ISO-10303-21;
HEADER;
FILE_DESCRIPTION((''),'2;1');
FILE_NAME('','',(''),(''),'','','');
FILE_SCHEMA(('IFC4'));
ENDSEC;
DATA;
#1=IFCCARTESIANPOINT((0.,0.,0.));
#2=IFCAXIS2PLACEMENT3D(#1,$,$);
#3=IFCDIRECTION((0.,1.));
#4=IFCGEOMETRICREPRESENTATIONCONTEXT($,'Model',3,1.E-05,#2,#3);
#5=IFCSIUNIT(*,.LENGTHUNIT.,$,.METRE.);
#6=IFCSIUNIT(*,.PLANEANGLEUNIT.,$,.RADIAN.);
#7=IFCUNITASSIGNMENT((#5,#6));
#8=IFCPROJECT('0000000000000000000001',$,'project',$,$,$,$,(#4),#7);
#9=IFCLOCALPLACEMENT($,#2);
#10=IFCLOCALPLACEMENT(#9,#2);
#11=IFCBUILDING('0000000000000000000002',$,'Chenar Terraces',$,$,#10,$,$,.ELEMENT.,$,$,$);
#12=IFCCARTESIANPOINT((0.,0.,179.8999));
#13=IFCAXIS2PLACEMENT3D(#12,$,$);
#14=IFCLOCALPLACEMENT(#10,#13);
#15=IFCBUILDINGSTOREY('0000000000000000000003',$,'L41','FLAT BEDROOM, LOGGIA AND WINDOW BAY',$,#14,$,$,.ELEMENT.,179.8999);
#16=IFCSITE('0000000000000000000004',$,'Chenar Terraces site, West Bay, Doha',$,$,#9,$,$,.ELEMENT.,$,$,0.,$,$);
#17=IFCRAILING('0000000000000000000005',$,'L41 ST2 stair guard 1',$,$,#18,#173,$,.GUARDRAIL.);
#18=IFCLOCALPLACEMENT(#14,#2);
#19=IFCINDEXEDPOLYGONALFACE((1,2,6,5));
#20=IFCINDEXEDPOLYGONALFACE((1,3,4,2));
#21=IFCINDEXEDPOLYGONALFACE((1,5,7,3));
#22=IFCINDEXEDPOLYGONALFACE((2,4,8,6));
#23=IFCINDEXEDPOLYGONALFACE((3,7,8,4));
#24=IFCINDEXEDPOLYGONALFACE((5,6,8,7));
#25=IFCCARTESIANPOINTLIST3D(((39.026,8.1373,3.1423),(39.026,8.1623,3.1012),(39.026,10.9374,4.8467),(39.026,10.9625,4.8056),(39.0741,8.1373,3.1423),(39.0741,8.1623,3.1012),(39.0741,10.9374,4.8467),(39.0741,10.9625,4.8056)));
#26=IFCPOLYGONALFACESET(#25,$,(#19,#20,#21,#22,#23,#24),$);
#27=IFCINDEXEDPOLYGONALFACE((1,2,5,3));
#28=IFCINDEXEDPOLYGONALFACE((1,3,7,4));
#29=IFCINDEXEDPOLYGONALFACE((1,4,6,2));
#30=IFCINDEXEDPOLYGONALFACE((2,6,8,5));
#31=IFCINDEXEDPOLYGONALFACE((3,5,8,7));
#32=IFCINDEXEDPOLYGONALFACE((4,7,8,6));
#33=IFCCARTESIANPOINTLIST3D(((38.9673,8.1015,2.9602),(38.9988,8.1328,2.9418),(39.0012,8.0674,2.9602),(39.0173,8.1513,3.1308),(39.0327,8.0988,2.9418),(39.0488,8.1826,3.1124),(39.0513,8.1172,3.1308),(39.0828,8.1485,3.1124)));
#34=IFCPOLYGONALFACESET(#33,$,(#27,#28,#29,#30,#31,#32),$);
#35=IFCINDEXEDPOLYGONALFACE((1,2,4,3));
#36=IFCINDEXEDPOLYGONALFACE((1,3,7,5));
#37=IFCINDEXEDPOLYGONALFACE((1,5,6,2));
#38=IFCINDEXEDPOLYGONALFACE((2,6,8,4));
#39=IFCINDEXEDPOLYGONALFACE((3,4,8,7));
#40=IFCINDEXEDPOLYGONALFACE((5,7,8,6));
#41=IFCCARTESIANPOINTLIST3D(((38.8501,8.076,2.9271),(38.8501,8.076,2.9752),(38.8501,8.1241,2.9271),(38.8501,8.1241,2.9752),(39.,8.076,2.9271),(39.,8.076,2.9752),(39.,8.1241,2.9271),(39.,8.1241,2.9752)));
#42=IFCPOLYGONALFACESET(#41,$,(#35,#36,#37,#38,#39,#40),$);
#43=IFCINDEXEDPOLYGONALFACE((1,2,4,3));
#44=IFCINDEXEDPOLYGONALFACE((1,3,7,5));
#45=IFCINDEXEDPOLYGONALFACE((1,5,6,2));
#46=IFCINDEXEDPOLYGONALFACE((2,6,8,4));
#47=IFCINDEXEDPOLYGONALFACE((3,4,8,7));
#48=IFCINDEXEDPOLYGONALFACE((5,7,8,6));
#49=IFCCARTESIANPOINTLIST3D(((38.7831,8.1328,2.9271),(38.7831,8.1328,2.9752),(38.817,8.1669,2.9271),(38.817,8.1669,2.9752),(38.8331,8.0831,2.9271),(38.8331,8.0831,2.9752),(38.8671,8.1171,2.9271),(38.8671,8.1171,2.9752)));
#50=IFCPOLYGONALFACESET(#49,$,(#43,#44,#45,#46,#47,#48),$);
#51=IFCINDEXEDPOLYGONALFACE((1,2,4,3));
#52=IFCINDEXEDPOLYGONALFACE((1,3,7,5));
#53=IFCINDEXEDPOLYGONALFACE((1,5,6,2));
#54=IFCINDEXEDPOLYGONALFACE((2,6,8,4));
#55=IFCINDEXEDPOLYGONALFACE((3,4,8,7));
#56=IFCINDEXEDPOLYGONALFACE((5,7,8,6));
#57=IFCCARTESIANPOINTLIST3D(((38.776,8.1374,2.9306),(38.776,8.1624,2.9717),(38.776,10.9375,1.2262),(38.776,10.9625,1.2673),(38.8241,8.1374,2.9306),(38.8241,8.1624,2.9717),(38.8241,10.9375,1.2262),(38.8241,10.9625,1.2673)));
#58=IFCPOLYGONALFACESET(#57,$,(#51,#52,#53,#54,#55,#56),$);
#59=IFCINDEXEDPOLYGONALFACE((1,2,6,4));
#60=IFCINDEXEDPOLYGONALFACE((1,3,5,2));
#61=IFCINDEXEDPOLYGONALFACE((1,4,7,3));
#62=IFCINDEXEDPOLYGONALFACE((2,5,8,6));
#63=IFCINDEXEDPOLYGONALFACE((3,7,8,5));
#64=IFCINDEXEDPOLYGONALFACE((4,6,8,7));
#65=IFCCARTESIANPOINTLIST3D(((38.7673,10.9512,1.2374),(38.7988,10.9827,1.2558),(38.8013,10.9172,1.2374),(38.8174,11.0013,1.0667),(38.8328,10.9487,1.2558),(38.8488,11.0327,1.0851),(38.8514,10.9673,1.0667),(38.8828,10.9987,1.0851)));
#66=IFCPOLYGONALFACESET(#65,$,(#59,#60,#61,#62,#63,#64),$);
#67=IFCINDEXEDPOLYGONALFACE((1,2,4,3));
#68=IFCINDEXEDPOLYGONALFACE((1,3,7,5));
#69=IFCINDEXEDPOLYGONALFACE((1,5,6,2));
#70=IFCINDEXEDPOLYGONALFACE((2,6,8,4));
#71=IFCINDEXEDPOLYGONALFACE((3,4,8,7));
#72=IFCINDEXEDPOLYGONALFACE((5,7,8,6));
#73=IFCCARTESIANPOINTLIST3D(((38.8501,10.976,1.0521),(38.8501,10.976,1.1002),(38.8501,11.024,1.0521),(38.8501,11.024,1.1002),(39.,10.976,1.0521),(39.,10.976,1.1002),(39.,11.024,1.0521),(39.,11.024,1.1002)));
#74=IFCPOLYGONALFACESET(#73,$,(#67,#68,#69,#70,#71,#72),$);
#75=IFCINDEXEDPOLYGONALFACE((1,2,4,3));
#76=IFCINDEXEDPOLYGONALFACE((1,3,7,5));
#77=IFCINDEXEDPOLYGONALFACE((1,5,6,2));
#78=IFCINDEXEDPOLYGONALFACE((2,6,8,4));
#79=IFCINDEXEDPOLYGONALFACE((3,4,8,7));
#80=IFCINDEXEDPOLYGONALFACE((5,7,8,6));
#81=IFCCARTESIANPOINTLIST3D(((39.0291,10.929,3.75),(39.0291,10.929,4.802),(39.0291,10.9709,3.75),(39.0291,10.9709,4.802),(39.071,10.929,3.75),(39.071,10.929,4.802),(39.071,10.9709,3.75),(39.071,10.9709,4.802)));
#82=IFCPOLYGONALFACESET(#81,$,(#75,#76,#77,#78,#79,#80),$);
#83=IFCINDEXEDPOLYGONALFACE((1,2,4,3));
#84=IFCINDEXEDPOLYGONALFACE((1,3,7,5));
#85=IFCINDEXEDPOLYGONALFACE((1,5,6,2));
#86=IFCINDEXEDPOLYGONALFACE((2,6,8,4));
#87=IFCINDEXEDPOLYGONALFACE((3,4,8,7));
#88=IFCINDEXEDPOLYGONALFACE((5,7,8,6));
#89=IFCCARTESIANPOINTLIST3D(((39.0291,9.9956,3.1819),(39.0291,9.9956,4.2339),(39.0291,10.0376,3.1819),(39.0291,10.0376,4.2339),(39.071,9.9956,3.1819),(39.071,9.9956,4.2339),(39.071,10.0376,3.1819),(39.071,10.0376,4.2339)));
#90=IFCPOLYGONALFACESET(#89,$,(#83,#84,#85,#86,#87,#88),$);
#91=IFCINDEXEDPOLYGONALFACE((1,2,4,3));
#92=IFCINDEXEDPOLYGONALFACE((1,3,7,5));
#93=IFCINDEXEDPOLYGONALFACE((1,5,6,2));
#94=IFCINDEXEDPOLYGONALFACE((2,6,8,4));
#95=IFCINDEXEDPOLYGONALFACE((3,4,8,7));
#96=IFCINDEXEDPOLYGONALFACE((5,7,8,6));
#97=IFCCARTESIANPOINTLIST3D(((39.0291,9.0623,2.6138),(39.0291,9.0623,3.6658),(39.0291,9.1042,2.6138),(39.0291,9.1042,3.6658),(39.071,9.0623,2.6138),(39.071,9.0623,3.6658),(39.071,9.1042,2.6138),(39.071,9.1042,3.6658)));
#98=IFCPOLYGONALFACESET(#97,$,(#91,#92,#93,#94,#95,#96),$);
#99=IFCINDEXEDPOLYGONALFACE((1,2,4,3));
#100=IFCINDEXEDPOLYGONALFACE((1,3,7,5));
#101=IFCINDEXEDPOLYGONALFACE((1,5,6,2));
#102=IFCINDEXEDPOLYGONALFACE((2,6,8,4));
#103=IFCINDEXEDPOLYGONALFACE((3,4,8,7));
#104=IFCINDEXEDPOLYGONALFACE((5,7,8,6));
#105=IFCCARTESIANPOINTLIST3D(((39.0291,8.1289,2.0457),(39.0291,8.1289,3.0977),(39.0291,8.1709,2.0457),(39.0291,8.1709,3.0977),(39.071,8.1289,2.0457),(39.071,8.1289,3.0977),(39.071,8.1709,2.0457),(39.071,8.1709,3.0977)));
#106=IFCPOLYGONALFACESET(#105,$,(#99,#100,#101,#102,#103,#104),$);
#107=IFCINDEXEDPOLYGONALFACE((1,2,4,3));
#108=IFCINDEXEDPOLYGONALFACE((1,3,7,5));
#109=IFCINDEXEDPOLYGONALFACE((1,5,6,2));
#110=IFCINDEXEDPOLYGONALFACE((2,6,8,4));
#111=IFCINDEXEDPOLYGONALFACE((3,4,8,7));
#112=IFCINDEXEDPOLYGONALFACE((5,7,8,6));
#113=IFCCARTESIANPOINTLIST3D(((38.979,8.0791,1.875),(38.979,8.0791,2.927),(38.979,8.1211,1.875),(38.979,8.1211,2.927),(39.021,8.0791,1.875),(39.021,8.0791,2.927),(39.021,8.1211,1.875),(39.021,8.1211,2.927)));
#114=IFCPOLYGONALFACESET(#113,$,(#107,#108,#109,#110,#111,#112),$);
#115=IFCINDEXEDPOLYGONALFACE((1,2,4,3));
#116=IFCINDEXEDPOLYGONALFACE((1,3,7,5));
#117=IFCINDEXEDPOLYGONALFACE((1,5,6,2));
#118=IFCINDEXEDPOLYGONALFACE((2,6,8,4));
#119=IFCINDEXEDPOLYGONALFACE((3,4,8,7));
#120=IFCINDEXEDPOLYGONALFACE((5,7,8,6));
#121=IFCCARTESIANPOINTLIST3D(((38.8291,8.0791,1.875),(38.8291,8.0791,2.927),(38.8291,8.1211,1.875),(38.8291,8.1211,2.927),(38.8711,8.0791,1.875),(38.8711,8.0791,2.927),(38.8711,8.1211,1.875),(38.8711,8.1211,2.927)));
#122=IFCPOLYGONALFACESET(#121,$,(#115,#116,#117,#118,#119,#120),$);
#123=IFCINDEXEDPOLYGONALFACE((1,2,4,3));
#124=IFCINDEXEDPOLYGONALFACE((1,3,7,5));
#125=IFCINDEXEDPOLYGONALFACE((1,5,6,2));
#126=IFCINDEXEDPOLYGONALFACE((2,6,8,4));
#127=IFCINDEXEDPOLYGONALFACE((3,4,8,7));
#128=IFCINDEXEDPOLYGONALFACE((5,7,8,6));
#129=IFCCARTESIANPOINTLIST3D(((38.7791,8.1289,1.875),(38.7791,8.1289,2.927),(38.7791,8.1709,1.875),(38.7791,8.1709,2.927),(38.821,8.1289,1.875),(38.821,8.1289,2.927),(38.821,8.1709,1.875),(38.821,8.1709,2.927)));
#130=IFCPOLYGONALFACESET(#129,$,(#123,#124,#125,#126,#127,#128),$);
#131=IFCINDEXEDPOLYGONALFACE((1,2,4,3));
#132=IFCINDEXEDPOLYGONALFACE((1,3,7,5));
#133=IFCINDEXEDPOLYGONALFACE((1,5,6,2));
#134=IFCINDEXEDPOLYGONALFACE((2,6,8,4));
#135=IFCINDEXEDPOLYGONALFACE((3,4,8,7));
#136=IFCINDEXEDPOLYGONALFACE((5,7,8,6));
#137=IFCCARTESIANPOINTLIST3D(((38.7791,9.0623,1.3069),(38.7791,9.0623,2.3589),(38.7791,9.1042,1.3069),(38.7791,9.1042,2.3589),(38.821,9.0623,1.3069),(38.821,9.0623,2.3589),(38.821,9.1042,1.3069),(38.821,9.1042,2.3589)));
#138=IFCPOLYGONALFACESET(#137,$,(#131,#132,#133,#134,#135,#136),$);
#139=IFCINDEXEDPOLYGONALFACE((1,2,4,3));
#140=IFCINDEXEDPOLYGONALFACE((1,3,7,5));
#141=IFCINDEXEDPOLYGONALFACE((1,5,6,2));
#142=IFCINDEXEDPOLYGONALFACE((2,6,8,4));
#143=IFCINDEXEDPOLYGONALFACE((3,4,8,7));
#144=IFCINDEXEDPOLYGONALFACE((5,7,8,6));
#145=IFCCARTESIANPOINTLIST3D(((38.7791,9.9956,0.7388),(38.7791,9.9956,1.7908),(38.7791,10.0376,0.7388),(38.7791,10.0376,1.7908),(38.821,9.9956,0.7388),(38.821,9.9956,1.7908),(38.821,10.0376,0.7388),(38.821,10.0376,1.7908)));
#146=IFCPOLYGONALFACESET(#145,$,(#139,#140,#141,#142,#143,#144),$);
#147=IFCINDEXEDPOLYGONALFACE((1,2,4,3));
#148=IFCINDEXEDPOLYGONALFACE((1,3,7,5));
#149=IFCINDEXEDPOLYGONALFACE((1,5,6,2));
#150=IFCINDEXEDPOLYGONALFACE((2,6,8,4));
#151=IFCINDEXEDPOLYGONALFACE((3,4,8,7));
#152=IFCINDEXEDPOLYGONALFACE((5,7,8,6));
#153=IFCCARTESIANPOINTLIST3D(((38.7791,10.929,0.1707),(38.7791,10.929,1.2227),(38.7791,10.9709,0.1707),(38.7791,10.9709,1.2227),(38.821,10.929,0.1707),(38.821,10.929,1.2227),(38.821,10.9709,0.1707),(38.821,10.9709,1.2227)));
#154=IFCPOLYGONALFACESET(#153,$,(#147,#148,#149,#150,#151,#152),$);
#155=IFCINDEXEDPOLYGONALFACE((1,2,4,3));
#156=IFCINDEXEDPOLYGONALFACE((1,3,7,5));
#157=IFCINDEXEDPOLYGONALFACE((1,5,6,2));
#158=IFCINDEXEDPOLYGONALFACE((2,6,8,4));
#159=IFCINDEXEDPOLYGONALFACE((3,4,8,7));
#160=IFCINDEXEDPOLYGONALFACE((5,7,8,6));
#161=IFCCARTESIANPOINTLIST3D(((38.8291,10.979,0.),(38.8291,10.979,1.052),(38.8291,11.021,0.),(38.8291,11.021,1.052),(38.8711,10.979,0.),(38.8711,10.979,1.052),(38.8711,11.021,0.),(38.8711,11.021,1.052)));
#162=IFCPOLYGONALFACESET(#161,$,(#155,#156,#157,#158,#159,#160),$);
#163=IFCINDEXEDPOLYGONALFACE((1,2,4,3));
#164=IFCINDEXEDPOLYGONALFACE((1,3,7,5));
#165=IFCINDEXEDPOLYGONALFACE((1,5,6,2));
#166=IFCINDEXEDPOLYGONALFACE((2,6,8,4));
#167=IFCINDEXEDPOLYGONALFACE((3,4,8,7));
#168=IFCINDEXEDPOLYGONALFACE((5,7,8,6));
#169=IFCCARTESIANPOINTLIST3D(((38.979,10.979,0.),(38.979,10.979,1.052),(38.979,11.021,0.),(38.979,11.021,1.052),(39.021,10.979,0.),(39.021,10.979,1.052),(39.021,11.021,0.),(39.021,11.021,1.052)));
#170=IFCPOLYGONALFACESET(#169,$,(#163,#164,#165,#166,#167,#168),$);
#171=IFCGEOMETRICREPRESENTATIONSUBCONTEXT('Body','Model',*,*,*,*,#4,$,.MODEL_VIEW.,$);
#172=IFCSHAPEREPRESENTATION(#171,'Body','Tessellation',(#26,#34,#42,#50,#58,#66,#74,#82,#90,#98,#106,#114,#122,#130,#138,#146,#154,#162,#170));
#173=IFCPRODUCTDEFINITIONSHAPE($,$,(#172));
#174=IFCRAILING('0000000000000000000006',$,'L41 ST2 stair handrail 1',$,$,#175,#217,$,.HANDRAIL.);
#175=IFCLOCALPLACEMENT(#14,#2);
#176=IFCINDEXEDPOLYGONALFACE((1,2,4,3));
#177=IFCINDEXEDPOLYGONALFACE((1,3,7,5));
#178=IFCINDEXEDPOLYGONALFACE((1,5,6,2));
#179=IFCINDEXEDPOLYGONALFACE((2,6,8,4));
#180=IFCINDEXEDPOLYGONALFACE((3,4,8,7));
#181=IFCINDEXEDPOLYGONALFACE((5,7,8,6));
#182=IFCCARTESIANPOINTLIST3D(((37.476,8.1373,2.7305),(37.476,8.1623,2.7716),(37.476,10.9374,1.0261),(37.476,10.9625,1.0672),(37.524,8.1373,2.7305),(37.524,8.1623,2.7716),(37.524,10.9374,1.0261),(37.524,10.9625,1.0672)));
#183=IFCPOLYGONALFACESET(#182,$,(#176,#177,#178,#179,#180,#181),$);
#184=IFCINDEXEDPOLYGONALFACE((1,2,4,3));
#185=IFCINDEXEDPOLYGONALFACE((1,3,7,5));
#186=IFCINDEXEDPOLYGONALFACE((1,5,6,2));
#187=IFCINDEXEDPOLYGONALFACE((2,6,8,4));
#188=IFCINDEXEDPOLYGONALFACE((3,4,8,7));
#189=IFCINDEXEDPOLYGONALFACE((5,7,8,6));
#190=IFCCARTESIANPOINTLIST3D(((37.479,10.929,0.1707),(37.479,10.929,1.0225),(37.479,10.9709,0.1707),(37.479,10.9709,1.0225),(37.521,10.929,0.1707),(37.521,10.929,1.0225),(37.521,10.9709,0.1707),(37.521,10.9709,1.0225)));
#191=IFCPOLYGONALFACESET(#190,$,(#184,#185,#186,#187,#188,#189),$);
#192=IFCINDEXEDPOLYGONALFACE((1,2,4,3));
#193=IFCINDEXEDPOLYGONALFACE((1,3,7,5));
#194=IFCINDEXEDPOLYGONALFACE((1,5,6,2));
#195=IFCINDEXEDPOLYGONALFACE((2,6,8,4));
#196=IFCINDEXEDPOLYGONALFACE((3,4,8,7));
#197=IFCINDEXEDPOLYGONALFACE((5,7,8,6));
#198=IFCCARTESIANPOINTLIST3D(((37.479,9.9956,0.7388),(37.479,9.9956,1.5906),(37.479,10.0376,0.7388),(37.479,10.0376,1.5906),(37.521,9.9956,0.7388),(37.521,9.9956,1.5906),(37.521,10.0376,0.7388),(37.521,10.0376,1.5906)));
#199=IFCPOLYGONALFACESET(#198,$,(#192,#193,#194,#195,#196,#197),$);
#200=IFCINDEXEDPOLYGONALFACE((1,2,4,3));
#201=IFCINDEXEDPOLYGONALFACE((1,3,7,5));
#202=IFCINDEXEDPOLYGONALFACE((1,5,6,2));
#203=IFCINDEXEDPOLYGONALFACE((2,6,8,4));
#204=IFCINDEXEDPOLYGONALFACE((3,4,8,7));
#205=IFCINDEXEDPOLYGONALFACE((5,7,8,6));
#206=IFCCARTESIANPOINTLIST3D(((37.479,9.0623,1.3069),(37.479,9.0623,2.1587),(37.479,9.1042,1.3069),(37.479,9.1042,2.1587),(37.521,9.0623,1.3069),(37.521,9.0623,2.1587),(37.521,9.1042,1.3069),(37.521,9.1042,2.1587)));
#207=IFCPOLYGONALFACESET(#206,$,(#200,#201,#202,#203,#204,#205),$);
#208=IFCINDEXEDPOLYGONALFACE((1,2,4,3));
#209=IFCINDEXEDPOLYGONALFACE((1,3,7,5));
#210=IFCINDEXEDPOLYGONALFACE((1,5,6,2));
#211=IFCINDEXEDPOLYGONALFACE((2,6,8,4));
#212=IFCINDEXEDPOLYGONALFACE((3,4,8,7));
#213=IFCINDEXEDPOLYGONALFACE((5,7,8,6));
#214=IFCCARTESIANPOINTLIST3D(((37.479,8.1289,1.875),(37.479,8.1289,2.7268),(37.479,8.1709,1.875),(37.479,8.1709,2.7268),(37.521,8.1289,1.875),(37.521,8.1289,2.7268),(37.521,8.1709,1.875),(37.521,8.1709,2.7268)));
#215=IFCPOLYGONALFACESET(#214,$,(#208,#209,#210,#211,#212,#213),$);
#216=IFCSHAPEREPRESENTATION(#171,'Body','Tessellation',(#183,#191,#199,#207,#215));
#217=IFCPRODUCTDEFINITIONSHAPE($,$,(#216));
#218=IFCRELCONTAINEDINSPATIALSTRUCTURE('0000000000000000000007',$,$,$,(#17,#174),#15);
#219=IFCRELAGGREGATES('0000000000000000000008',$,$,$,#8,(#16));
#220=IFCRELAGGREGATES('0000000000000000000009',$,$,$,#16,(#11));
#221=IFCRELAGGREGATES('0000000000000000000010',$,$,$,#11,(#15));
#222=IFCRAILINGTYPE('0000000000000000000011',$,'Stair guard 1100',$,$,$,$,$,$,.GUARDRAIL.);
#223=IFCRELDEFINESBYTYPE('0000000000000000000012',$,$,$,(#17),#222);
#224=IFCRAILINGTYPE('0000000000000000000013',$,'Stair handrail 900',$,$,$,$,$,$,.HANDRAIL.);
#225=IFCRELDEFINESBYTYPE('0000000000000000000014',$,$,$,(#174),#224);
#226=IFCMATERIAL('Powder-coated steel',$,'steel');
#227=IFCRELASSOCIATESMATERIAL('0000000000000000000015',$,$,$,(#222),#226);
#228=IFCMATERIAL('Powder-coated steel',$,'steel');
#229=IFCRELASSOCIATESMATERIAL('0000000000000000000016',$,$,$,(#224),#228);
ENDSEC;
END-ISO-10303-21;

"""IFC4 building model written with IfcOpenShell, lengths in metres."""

from ifc_helpers import new_model, si_unit, direction, frame, origin, origin_2d, place, context, subcontext, project, spatial, rectangle, extrude, material, type_object, element, save


model = new_model("IFC4")

# Units and contexts
model_context = context("Model", 3, precision=1e-05, world=origin(), true_north=direction((0.0, 1.0)))
body_context = subcontext(model_context, "Body", "Model", "MODEL_VIEW")
ifc_project = project(units=[si_unit("LENGTHUNIT", "METRE"), si_unit("PLANEANGLEUNIT", "RADIAN")], contexts=[model_context])

# Site, building, storey
site_placement = place(None, origin())
site = spatial("IfcSite", under=ifc_project, at=site_placement, Name="Chenar Terraces site, West Bay, Doha", CompositionType="ELEMENT", RefElevation=0.0)
building_placement = place(site_placement, origin())
building = spatial("IfcBuilding", under=site, at=building_placement, Name="Chenar Terraces", CompositionType="ELEMENT")
storey_placement = place(building_placement, frame((0.0, 0.0, 179.8999)))
storey = spatial("IfcBuildingStorey", under=building, at=storey_placement, Name="L41", Description="FLAT BEDROOM, LOGGIA AND WINDOW BAY", CompositionType="ELEMENT", Elevation=179.8999)

# Railings
ifc_material_1 = material(Name="Powder-coated steel", Category="steel")
railing_type_1 = type_object("IfcRailingType", Name="Stair guard 1100", PredefinedType="GUARDRAIL", material=ifc_material_1)
railing_1_placement = place(storey_placement, frame((39.05, 10.95, 3.75)))
element("IfcRailing", 1, at=railing_1_placement, inside=storey, type_object=railing_type_1, Name="L41 ST2 stair guard 1", PredefinedType="GUARDRAIL", context=body_context, shape_type="SweptSolid", body=[
    extrude(rectangle(XDim=0.0481, YDim=0.0481, at=origin_2d()), frame((0.0, 0.0, 1.0762), z_axis=(0.0, -0.854203, -0.51994), x_axis=(1.0, 0.0, 0.0)), (0.0, 0.0, 1.0), 3.2781),
    extrude(rectangle(XDim=0.0481, YDim=0.0481, at=origin_2d()), frame((0.0, -2.8, -0.6284), z_axis=(-0.270997, -0.269675, -0.924033), x_axis=(0.705376, -0.708834, 0.0)), (0.0, 0.0, 1.0), 0.1846),
    extrude(rectangle(XDim=0.0481, YDim=0.0481, at=origin_2d()), frame((-0.05, -2.8499, -0.7988), z_axis=(-1.0, 0.0, 0.0), x_axis=(0.0, -1.0, 0.0)), (0.0, 0.0, 1.0), 0.1499),
    extrude(rectangle(XDim=0.0481, YDim=0.0481, at=origin_2d()), frame((-0.2, -2.8499, -0.7988), z_axis=(-0.708834, 0.705376, 0.0), x_axis=(-0.705376, -0.708834, 0.0)), (0.0, 0.0, 1.0), 0.0706),
    extrude(rectangle(XDim=0.0481, YDim=0.0481, at=origin_2d()), frame((-0.25, -2.8, -0.7988), z_axis=(0.0, 0.854203, -0.51994), x_axis=(-1.0, 0.0, 0.0)), (0.0, 0.0, 1.0), 3.2781),
    extrude(rectangle(XDim=0.0481, YDim=0.0481, at=origin_2d()), frame((-0.25, 0.0, -2.5034), z_axis=(0.2709, 0.2709, -0.923703), x_axis=(-0.707107, 0.707107, 0.0)), (0.0, 0.0, 1.0), 0.1848),
    extrude(rectangle(XDim=0.0481, YDim=0.0481, at=origin_2d()), frame((-0.2, 0.05, -2.6738), z_axis=(1.0, 0.0, 0.0), x_axis=(0.0, 1.0, 0.0)), (0.0, 0.0, 1.0), 0.1499),
    extrude(rectangle(XDim=0.042, YDim=0.042, at=origin_2d()), origin(), (0.0, 0.0, 1.0), 1.052),
    extrude(rectangle(XDim=0.042, YDim=0.042, at=origin_2d()), frame((0.0, -0.9333, -0.5681)), (0.0, 0.0, 1.0), 1.052),
    extrude(rectangle(XDim=0.042, YDim=0.042, at=origin_2d()), frame((0.0, -1.8667, -1.1362)), (0.0, 0.0, 1.0), 1.052),
    extrude(rectangle(XDim=0.042, YDim=0.042, at=origin_2d()), frame((0.0, -2.8, -1.7043)), (0.0, 0.0, 1.0), 1.052),
    extrude(rectangle(XDim=0.042, YDim=0.042, at=origin_2d()), frame((-0.05, -2.8499, -1.875)), (0.0, 0.0, 1.0), 1.052),
    extrude(rectangle(XDim=0.042, YDim=0.042, at=origin_2d()), frame((-0.2, -2.8499, -1.875)), (0.0, 0.0, 1.0), 1.052),
    extrude(rectangle(XDim=0.042, YDim=0.042, at=origin_2d()), frame((-0.25, -2.8, -1.875)), (0.0, 0.0, 1.0), 1.052),
    extrude(rectangle(XDim=0.042, YDim=0.042, at=origin_2d()), frame((-0.25, -1.8667, -2.4431)), (0.0, 0.0, 1.0), 1.052),
    extrude(rectangle(XDim=0.042, YDim=0.042, at=origin_2d()), frame((-0.25, -0.9333, -3.0112)), (0.0, 0.0, 1.0), 1.052),
    extrude(rectangle(XDim=0.042, YDim=0.042, at=origin_2d()), frame((-0.25, 0.0, -3.5793)), (0.0, 0.0, 1.0), 1.052),
    extrude(rectangle(XDim=0.042, YDim=0.042, at=origin_2d()), frame((-0.2, 0.05, -3.75)), (0.0, 0.0, 1.0), 1.052),
    extrude(rectangle(XDim=0.042, YDim=0.042, at=origin_2d()), frame((-0.05, 0.05, -3.75)), (0.0, 0.0, 1.0), 1.052),
])
ifc_material_2 = material(Name="Powder-coated steel", Category="steel")
railing_type_2 = type_object("IfcRailingType", Name="Stair handrail 900", PredefinedType="HANDRAIL", material=ifc_material_2)
railing_2_placement = place(storey_placement, frame((37.5, 10.95, 0.1707)))
element("IfcRailing", 2, at=railing_2_placement, inside=storey, type_object=railing_type_2, Name="L41 ST2 stair handrail 1", PredefinedType="HANDRAIL", context=body_context, shape_type="SweptSolid", body=[
    extrude(rectangle(XDim=0.0481, YDim=0.0481, at=origin_2d()), frame((0.0, 0.0, 0.876), z_axis=(0.0, -0.854203, 0.51994), x_axis=(1.0, 0.0, 0.0)), (0.0, 0.0, 1.0), 3.2781),
    extrude(rectangle(XDim=0.042, YDim=0.042, at=origin_2d()), origin(), (0.0, 0.0, 1.0), 0.8518),
    extrude(rectangle(XDim=0.042, YDim=0.042, at=origin_2d()), frame((0.0, -0.9333, 0.5681)), (0.0, 0.0, 1.0), 0.8518),
    extrude(rectangle(XDim=0.042, YDim=0.042, at=origin_2d()), frame((0.0, -1.8667, 1.1362)), (0.0, 0.0, 1.0), 0.8518),
    extrude(rectangle(XDim=0.042, YDim=0.042, at=origin_2d()), frame((0.0, -2.8, 1.7043)), (0.0, 0.0, 1.0), 0.8518),
])

save(model, "model.ifc")
